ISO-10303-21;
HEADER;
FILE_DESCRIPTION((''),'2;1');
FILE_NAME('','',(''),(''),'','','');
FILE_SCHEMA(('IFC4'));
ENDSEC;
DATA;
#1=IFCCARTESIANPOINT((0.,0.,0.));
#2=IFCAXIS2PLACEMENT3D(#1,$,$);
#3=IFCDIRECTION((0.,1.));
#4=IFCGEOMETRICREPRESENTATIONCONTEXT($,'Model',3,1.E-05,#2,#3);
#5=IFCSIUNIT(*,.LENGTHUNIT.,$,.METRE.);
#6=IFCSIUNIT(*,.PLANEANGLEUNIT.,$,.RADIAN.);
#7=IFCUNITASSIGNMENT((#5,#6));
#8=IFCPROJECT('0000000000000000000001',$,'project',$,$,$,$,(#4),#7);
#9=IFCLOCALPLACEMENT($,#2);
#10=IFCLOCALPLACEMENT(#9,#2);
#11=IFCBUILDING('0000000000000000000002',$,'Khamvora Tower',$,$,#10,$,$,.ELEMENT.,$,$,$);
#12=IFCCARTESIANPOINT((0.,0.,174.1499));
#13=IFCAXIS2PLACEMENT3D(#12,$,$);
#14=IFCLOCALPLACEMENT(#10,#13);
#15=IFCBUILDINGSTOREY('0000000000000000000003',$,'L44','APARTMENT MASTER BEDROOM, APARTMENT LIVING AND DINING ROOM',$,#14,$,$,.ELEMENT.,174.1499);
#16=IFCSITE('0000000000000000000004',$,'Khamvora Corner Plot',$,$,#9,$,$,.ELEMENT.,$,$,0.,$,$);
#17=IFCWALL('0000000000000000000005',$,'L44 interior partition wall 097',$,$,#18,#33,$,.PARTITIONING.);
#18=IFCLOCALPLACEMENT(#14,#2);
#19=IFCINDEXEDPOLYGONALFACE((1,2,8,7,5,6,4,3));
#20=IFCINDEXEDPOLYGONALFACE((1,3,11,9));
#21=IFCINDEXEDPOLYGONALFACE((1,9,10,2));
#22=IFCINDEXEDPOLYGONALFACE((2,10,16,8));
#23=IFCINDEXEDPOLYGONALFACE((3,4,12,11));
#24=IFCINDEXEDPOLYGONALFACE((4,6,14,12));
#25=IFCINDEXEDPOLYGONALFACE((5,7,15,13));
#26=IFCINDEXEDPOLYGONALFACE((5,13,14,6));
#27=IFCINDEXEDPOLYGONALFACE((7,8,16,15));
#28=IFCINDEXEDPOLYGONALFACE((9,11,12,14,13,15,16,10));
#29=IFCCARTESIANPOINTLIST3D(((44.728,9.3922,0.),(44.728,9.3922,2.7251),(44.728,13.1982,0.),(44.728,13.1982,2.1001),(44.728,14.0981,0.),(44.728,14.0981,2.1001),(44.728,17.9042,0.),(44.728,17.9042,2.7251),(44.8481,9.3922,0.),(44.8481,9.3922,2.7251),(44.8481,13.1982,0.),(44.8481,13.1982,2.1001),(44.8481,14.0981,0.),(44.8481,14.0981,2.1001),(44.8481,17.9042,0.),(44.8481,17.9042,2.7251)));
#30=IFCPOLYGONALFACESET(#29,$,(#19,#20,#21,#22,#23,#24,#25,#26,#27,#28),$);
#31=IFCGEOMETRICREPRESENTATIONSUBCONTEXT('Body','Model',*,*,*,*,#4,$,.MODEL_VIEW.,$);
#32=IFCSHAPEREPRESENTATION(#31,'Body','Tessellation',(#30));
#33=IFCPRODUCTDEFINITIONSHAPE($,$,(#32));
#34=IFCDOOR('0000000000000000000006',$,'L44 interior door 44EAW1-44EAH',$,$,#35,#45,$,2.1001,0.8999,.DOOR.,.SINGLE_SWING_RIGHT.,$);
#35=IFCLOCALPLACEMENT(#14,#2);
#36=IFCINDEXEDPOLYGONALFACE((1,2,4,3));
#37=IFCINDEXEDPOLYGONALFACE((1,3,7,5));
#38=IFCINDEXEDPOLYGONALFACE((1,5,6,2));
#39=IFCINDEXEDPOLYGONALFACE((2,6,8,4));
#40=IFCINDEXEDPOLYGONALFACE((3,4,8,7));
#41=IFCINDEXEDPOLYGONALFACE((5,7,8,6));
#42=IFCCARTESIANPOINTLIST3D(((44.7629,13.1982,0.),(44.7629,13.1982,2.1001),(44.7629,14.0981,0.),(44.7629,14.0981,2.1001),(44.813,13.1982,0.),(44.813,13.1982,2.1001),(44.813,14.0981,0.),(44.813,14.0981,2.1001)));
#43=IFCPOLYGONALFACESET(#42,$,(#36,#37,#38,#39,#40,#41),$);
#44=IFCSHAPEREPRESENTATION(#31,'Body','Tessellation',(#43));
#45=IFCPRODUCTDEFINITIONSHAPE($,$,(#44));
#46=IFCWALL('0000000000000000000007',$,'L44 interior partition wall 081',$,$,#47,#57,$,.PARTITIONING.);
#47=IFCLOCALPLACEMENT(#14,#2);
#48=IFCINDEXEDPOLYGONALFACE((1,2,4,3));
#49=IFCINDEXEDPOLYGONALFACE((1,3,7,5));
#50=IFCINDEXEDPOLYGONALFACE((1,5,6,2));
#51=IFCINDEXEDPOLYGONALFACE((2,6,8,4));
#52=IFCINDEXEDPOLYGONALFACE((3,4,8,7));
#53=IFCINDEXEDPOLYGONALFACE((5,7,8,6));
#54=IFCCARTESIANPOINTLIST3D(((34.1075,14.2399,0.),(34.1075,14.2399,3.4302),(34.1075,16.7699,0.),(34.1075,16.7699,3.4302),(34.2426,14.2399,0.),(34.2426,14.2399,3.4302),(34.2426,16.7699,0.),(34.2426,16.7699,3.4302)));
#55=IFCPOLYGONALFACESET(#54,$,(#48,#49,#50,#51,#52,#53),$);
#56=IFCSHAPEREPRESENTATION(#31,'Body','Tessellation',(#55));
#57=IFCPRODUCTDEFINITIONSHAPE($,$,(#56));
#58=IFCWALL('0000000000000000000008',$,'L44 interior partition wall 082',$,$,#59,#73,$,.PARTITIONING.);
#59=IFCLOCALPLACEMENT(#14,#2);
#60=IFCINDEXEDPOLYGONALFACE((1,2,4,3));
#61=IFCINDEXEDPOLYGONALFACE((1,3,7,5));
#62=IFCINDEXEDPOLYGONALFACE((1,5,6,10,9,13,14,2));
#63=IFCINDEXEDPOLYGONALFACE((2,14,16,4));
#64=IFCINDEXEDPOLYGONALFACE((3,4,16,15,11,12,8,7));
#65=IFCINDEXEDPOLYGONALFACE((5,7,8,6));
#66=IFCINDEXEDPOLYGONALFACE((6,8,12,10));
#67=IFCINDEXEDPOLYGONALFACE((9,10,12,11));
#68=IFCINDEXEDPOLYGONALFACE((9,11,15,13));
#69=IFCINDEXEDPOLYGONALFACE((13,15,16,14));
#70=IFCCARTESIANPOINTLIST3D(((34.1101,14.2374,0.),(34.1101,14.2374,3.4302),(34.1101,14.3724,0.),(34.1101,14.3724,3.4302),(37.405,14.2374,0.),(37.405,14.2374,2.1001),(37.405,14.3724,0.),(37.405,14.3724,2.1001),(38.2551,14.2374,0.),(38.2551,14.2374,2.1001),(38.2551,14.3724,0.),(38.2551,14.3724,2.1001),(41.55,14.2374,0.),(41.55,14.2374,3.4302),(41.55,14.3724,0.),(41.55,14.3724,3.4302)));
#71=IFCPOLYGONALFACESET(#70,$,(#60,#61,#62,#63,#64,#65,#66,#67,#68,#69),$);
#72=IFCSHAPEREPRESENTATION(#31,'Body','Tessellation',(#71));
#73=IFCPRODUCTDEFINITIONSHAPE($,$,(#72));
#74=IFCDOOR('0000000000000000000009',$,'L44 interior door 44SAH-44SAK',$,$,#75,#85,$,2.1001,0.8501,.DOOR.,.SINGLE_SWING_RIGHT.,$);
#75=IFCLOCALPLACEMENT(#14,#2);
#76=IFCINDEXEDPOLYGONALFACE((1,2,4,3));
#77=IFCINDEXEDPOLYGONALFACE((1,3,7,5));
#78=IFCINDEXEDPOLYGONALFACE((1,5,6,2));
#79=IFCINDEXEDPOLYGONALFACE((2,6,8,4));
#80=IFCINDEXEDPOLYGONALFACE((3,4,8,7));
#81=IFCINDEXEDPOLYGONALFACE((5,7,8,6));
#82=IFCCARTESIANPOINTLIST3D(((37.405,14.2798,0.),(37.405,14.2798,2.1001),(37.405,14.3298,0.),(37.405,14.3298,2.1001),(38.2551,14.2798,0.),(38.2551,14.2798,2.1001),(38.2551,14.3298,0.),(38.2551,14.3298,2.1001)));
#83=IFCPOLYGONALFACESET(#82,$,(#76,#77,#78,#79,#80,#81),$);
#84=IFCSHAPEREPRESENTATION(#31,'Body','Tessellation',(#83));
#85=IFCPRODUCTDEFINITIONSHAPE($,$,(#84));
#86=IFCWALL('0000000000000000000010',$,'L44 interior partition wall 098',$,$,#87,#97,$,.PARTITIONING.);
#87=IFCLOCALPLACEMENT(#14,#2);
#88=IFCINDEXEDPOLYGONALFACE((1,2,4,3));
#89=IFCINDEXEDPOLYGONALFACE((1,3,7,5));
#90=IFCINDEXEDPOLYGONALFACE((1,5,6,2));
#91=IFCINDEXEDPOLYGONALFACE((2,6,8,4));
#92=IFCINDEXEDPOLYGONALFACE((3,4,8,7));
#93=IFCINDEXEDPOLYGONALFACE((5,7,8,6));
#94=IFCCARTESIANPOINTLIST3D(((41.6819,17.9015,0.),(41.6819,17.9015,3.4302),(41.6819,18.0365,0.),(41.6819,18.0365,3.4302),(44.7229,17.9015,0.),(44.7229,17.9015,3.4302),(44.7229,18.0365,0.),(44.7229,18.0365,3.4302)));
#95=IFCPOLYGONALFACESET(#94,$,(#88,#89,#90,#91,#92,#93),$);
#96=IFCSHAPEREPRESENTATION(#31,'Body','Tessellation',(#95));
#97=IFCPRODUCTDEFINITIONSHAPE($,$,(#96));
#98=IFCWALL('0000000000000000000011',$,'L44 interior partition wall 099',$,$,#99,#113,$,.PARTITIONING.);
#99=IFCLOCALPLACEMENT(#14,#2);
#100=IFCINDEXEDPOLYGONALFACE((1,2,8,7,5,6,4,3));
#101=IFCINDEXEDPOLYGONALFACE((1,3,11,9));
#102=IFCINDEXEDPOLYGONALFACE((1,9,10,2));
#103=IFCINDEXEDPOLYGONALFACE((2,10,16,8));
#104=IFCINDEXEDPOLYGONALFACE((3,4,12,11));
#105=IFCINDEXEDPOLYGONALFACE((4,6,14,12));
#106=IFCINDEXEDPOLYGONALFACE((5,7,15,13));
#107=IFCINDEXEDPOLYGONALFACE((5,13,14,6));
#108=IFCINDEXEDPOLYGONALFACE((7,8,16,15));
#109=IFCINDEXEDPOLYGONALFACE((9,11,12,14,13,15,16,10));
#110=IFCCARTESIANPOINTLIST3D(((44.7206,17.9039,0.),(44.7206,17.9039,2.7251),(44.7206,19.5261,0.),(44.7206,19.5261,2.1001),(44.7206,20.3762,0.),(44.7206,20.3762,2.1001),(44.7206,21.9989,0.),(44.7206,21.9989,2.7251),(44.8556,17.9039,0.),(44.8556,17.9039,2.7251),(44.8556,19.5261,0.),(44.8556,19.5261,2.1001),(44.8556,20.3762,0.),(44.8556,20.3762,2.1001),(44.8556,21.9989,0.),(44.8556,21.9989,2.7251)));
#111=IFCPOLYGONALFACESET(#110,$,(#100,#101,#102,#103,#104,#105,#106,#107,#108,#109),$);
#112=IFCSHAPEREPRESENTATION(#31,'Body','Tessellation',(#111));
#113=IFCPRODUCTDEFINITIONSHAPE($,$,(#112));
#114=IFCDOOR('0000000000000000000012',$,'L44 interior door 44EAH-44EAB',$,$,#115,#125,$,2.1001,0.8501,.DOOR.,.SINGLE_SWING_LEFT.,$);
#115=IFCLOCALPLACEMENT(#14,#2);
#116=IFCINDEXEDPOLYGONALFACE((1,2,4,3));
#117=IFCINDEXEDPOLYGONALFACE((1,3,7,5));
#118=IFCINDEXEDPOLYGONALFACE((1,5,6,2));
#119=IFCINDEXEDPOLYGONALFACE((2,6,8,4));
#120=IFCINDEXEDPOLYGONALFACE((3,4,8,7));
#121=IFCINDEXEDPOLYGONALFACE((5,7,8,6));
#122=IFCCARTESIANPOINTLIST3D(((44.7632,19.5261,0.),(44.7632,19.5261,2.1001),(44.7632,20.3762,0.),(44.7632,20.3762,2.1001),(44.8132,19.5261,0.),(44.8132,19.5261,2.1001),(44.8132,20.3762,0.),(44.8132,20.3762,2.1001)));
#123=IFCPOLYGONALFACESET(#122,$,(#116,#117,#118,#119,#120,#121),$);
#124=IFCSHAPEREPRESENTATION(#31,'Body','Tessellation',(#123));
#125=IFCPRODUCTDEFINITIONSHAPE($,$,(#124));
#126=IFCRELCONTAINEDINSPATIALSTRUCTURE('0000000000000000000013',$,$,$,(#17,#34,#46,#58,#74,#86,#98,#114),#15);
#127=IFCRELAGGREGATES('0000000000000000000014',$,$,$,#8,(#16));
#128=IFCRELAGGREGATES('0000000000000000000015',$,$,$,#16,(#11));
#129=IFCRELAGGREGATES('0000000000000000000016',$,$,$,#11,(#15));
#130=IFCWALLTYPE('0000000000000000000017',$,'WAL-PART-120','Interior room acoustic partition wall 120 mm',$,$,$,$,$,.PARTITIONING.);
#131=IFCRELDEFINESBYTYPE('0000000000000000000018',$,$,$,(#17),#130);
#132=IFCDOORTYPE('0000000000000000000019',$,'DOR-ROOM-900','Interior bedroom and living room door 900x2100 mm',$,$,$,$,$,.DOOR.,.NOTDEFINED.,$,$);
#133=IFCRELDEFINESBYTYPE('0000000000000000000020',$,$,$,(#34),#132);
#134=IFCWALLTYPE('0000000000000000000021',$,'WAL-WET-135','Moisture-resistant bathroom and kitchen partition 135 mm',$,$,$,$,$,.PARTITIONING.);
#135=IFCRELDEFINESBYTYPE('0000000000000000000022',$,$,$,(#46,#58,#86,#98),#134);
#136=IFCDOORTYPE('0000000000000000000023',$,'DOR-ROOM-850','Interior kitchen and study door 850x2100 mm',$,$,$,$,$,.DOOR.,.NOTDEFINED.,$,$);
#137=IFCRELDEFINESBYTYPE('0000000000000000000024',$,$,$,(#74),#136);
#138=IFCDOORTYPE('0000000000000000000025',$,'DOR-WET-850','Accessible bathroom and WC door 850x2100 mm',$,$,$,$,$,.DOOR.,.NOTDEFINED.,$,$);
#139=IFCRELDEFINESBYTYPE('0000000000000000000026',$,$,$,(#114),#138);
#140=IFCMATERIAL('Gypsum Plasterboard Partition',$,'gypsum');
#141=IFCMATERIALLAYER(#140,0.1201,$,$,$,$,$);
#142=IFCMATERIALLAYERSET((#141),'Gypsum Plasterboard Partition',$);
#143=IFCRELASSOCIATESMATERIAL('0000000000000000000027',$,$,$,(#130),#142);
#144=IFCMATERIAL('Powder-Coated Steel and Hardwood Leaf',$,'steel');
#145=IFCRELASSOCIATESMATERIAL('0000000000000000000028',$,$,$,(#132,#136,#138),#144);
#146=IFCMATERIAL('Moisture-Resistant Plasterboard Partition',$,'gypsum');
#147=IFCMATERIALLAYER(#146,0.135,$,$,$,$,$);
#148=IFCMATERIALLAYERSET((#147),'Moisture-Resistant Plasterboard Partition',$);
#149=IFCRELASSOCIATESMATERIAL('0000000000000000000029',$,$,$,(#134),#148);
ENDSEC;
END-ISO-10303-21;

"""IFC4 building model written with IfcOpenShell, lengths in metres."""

from ifc_helpers import new_model, si_unit, direction, frame, frame_2d, origin, place, context, subcontext, project, spatial, rectangle, extrude, material, layer, layer_set, type_object, element, fill, save


model = new_model("IFC4")

# Units and contexts
model_context = context("Model", 3, precision=1e-05, world=origin(), true_north=direction((0.0, 1.0)))
body_context = subcontext(model_context, "Body", "Model", "MODEL_VIEW")
ifc_project = project(units=[si_unit("LENGTHUNIT", "METRE"), si_unit("PLANEANGLEUNIT", "RADIAN")], contexts=[model_context])

# Site, building, storey
site_placement = place(None, origin())
site = spatial("IfcSite", under=ifc_project, at=site_placement, Name="Khamvora Corner Plot", CompositionType="ELEMENT", RefElevation=0.0)
building_placement = place(site_placement, origin())
building = spatial("IfcBuilding", under=site, at=building_placement, Name="Khamvora Tower", CompositionType="ELEMENT")
storey_placement = place(building_placement, frame((0.0, 0.0, 174.1499)))
storey = spatial("IfcBuildingStorey", under=building, at=storey_placement, Name="L44", Description="APARTMENT MASTER BEDROOM, APARTMENT LIVING AND DINING ROOM", CompositionType="ELEMENT", Elevation=174.1499)

# Shared definitions
ifc_material_1 = material(Name="Powder-Coated Steel and Hardwood Leaf", Category="steel")

# Wall, opening, door
ifc_material_2 = material(Name="Gypsum Plasterboard Partition", Category="gypsum")
ifc_layer_1 = layer(ifc_material_2, 0.1201)
ifc_layer_set_1 = layer_set([ifc_layer_1], Name="Gypsum Plasterboard Partition")
wall_type_1 = type_object("IfcWallType", Name="WAL-PART-120", Description="Interior room acoustic partition wall 120 mm", PredefinedType="PARTITIONING", material=ifc_layer_set_1)
door_type_1 = type_object("IfcDoorType", Name="DOR-ROOM-900", Description="Interior bedroom and living room door 900x2100 mm", OperationType="NOTDEFINED", PredefinedType="DOOR", material=ifc_material_1)
wall_1_placement = place(storey_placement, frame((44.7881, 17.9041, 0.0), z_axis=(0.0, 0.0, 1.0), x_axis=(0.0, -1.0, 0.0)))
wall_1 = element("IfcWall", 1, at=wall_1_placement, inside=storey, type_object=wall_type_1, Name="L44 interior partition wall 097", PredefinedType="PARTITIONING", context=body_context, shape_type="SweptSolid", body=[
    extrude(rectangle(XDim=8.512, YDim=0.1201, at=frame_2d((4.2559, 0.0))), origin(), (0.0, 0.0, 1.0), 2.7251),
])
opening_1_placement = place(wall_1_placement, frame((3.8059, 0.0, 0.0)))
opening_1 = element("IfcOpeningElement", 2, at=opening_1_placement, cuts=wall_1, PredefinedType="OPENING", context=body_context, shape_type="SweptSolid", body=[
    extrude(rectangle(XDim=0.8999, YDim=2.1001, at=frame_2d((0.45, 1.05))), frame((0.0, 0.0701, 0.0), z_axis=(0.0, -1.0, 0.0), x_axis=(1.0, 0.0, 0.0)), (0.0, 0.0, 1.0), 0.1401),
])
door_1_placement = place(opening_1_placement, origin())
door_1 = element("IfcDoor", 3, at=door_1_placement, inside=storey, type_object=door_type_1, Name="L44 interior door 44EAW1-44EAH", OperationType="SINGLE_SWING_RIGHT", OverallHeight=2.1001, OverallWidth=0.8999, PredefinedType="DOOR", context=body_context, shape_type="SweptSolid", body=[
    extrude(rectangle(XDim=0.8999, YDim=2.1001, at=frame_2d((0.45, 1.05))), frame((0.0, 0.0249, 0.0), z_axis=(0.0, -1.0, 0.0), x_axis=(1.0, 0.0, 0.0)), (0.0, 0.0, 1.0), 0.05),
])
fill(opening_1, door_1)

# Wall
ifc_material_3 = material(Name="Moisture-Resistant Plasterboard Partition", Category="gypsum")
ifc_layer_2 = layer(ifc_material_3, 0.135)
ifc_layer_set_2 = layer_set([ifc_layer_2], Name="Moisture-Resistant Plasterboard Partition")
wall_type_2 = type_object("IfcWallType", Name="WAL-WET-135", Description="Moisture-resistant bathroom and kitchen partition 135 mm", PredefinedType="PARTITIONING", material=ifc_layer_set_2)
wall_2_placement = place(storey_placement, frame((34.175, 16.77, 0.0), z_axis=(0.0, 0.0, 1.0), x_axis=(0.0, -1.0, 0.0)))
element("IfcWall", 4, at=wall_2_placement, inside=storey, type_object=wall_type_2, Name="L44 interior partition wall 081", PredefinedType="PARTITIONING", context=body_context, shape_type="SweptSolid", body=[
    extrude(rectangle(XDim=2.53, YDim=0.135, at=frame_2d((1.2651, 0.0))), origin(), (0.0, 0.0, 1.0), 3.4302),
])

# Wall, opening, door
wall_3_placement = place(storey_placement, frame((34.1101, 14.3049, 0.0), z_axis=(0.0, 0.0, 1.0), x_axis=(1.0, 0.0, 0.0)))
wall_3 = element("IfcWall", 5, at=wall_3_placement, inside=storey, type_object=wall_type_2, Name="L44 interior partition wall 082", PredefinedType="PARTITIONING", context=body_context, shape_type="SweptSolid", body=[
    extrude(rectangle(XDim=7.4399, YDim=0.135, at=frame_2d((3.72, 0.0))), origin(), (0.0, 0.0, 1.0), 3.4302),
])
opening_2_placement = place(wall_3_placement, frame((3.2949, 0.0, 0.0)))
opening_2 = element("IfcOpeningElement", 6, at=opening_2_placement, cuts=wall_3, PredefinedType="OPENING", context=body_context, shape_type="SweptSolid", body=[
    extrude(rectangle(XDim=0.8501, YDim=2.1001, at=frame_2d((0.425, 1.05))), frame((0.0, 0.0774, 0.0), z_axis=(0.0, -1.0, 0.0), x_axis=(1.0, 0.0, 0.0)), (0.0, 0.0, 1.0), 0.155),
])
door_type_2 = type_object("IfcDoorType", Name="DOR-ROOM-850", Description="Interior kitchen and study door 850x2100 mm", OperationType="NOTDEFINED", PredefinedType="DOOR", material=ifc_material_1)
door_2_placement = place(opening_2_placement, origin())
door_2 = element("IfcDoor", 7, at=door_2_placement, inside=storey, type_object=door_type_2, Name="L44 interior door 44SAH-44SAK", OperationType="SINGLE_SWING_RIGHT", OverallHeight=2.1001, OverallWidth=0.8501, PredefinedType="DOOR", context=body_context, shape_type="SweptSolid", body=[
    extrude(rectangle(XDim=0.8501, YDim=2.1001, at=frame_2d((0.425, 1.05))), frame((0.0, 0.0249, 0.0), z_axis=(0.0, -1.0, 0.0), x_axis=(1.0, 0.0, 0.0)), (0.0, 0.0, 1.0), 0.05),
])
fill(opening_2, door_2)

# Wall
wall_4_placement = place(storey_placement, frame((41.6819, 17.969, 0.0), z_axis=(0.0, 0.0, 1.0), x_axis=(1.0, 0.0, 0.0)))
element("IfcWall", 8, at=wall_4_placement, inside=storey, type_object=wall_type_2, Name="L44 interior partition wall 098", PredefinedType="PARTITIONING", context=body_context, shape_type="SweptSolid", body=[
    extrude(rectangle(XDim=3.041, YDim=0.135, at=frame_2d((1.5205, 0.0))), origin(), (0.0, 0.0, 1.0), 3.4302),
])

# Wall, opening, door
wall_5_placement = place(storey_placement, frame((44.7881, 17.9041, 0.0), z_axis=(0.0, 0.0, 1.0), x_axis=(0.0, 1.0, 0.0)))
wall_5 = element("IfcWall", 9, at=wall_5_placement, inside=storey, type_object=wall_type_2, Name="L44 interior partition wall 099", PredefinedType="PARTITIONING", context=body_context, shape_type="SweptSolid", body=[
    extrude(rectangle(XDim=4.095, YDim=0.135, at=frame_2d((2.0474, 0.0))), origin(), (0.0, 0.0, 1.0), 2.7251),
])
opening_3_placement = place(wall_5_placement, frame((1.6221, 0.0, 0.0)))
opening_3 = element("IfcOpeningElement", 10, at=opening_3_placement, cuts=wall_5, PredefinedType="OPENING", context=body_context, shape_type="SweptSolid", body=[
    extrude(rectangle(XDim=0.8501, YDim=2.1001, at=frame_2d((0.425, 1.05))), frame((0.0, 0.0774, 0.0), z_axis=(0.0, -1.0, 0.0), x_axis=(1.0, 0.0, 0.0)), (0.0, 0.0, 1.0), 0.155),
])
door_type_3 = type_object("IfcDoorType", Name="DOR-WET-850", Description="Accessible bathroom and WC door 850x2100 mm", OperationType="NOTDEFINED", PredefinedType="DOOR", material=ifc_material_1)
door_3_placement = place(opening_3_placement, origin())
door_3 = element("IfcDoor", 11, at=door_3_placement, inside=storey, type_object=door_type_3, Name="L44 interior door 44EAH-44EAB", OperationType="SINGLE_SWING_LEFT", OverallHeight=2.1001, OverallWidth=0.8501, PredefinedType="DOOR", context=body_context, shape_type="SweptSolid", body=[
    extrude(rectangle(XDim=0.8501, YDim=2.1001, at=frame_2d((0.425, 1.05))), frame((0.0, 0.0249, 0.0), z_axis=(0.0, -1.0, 0.0), x_axis=(1.0, 0.0, 0.0)), (0.0, 0.0, 1.0), 0.05),
])
fill(opening_3, door_3)

save(model, "model.ifc")
